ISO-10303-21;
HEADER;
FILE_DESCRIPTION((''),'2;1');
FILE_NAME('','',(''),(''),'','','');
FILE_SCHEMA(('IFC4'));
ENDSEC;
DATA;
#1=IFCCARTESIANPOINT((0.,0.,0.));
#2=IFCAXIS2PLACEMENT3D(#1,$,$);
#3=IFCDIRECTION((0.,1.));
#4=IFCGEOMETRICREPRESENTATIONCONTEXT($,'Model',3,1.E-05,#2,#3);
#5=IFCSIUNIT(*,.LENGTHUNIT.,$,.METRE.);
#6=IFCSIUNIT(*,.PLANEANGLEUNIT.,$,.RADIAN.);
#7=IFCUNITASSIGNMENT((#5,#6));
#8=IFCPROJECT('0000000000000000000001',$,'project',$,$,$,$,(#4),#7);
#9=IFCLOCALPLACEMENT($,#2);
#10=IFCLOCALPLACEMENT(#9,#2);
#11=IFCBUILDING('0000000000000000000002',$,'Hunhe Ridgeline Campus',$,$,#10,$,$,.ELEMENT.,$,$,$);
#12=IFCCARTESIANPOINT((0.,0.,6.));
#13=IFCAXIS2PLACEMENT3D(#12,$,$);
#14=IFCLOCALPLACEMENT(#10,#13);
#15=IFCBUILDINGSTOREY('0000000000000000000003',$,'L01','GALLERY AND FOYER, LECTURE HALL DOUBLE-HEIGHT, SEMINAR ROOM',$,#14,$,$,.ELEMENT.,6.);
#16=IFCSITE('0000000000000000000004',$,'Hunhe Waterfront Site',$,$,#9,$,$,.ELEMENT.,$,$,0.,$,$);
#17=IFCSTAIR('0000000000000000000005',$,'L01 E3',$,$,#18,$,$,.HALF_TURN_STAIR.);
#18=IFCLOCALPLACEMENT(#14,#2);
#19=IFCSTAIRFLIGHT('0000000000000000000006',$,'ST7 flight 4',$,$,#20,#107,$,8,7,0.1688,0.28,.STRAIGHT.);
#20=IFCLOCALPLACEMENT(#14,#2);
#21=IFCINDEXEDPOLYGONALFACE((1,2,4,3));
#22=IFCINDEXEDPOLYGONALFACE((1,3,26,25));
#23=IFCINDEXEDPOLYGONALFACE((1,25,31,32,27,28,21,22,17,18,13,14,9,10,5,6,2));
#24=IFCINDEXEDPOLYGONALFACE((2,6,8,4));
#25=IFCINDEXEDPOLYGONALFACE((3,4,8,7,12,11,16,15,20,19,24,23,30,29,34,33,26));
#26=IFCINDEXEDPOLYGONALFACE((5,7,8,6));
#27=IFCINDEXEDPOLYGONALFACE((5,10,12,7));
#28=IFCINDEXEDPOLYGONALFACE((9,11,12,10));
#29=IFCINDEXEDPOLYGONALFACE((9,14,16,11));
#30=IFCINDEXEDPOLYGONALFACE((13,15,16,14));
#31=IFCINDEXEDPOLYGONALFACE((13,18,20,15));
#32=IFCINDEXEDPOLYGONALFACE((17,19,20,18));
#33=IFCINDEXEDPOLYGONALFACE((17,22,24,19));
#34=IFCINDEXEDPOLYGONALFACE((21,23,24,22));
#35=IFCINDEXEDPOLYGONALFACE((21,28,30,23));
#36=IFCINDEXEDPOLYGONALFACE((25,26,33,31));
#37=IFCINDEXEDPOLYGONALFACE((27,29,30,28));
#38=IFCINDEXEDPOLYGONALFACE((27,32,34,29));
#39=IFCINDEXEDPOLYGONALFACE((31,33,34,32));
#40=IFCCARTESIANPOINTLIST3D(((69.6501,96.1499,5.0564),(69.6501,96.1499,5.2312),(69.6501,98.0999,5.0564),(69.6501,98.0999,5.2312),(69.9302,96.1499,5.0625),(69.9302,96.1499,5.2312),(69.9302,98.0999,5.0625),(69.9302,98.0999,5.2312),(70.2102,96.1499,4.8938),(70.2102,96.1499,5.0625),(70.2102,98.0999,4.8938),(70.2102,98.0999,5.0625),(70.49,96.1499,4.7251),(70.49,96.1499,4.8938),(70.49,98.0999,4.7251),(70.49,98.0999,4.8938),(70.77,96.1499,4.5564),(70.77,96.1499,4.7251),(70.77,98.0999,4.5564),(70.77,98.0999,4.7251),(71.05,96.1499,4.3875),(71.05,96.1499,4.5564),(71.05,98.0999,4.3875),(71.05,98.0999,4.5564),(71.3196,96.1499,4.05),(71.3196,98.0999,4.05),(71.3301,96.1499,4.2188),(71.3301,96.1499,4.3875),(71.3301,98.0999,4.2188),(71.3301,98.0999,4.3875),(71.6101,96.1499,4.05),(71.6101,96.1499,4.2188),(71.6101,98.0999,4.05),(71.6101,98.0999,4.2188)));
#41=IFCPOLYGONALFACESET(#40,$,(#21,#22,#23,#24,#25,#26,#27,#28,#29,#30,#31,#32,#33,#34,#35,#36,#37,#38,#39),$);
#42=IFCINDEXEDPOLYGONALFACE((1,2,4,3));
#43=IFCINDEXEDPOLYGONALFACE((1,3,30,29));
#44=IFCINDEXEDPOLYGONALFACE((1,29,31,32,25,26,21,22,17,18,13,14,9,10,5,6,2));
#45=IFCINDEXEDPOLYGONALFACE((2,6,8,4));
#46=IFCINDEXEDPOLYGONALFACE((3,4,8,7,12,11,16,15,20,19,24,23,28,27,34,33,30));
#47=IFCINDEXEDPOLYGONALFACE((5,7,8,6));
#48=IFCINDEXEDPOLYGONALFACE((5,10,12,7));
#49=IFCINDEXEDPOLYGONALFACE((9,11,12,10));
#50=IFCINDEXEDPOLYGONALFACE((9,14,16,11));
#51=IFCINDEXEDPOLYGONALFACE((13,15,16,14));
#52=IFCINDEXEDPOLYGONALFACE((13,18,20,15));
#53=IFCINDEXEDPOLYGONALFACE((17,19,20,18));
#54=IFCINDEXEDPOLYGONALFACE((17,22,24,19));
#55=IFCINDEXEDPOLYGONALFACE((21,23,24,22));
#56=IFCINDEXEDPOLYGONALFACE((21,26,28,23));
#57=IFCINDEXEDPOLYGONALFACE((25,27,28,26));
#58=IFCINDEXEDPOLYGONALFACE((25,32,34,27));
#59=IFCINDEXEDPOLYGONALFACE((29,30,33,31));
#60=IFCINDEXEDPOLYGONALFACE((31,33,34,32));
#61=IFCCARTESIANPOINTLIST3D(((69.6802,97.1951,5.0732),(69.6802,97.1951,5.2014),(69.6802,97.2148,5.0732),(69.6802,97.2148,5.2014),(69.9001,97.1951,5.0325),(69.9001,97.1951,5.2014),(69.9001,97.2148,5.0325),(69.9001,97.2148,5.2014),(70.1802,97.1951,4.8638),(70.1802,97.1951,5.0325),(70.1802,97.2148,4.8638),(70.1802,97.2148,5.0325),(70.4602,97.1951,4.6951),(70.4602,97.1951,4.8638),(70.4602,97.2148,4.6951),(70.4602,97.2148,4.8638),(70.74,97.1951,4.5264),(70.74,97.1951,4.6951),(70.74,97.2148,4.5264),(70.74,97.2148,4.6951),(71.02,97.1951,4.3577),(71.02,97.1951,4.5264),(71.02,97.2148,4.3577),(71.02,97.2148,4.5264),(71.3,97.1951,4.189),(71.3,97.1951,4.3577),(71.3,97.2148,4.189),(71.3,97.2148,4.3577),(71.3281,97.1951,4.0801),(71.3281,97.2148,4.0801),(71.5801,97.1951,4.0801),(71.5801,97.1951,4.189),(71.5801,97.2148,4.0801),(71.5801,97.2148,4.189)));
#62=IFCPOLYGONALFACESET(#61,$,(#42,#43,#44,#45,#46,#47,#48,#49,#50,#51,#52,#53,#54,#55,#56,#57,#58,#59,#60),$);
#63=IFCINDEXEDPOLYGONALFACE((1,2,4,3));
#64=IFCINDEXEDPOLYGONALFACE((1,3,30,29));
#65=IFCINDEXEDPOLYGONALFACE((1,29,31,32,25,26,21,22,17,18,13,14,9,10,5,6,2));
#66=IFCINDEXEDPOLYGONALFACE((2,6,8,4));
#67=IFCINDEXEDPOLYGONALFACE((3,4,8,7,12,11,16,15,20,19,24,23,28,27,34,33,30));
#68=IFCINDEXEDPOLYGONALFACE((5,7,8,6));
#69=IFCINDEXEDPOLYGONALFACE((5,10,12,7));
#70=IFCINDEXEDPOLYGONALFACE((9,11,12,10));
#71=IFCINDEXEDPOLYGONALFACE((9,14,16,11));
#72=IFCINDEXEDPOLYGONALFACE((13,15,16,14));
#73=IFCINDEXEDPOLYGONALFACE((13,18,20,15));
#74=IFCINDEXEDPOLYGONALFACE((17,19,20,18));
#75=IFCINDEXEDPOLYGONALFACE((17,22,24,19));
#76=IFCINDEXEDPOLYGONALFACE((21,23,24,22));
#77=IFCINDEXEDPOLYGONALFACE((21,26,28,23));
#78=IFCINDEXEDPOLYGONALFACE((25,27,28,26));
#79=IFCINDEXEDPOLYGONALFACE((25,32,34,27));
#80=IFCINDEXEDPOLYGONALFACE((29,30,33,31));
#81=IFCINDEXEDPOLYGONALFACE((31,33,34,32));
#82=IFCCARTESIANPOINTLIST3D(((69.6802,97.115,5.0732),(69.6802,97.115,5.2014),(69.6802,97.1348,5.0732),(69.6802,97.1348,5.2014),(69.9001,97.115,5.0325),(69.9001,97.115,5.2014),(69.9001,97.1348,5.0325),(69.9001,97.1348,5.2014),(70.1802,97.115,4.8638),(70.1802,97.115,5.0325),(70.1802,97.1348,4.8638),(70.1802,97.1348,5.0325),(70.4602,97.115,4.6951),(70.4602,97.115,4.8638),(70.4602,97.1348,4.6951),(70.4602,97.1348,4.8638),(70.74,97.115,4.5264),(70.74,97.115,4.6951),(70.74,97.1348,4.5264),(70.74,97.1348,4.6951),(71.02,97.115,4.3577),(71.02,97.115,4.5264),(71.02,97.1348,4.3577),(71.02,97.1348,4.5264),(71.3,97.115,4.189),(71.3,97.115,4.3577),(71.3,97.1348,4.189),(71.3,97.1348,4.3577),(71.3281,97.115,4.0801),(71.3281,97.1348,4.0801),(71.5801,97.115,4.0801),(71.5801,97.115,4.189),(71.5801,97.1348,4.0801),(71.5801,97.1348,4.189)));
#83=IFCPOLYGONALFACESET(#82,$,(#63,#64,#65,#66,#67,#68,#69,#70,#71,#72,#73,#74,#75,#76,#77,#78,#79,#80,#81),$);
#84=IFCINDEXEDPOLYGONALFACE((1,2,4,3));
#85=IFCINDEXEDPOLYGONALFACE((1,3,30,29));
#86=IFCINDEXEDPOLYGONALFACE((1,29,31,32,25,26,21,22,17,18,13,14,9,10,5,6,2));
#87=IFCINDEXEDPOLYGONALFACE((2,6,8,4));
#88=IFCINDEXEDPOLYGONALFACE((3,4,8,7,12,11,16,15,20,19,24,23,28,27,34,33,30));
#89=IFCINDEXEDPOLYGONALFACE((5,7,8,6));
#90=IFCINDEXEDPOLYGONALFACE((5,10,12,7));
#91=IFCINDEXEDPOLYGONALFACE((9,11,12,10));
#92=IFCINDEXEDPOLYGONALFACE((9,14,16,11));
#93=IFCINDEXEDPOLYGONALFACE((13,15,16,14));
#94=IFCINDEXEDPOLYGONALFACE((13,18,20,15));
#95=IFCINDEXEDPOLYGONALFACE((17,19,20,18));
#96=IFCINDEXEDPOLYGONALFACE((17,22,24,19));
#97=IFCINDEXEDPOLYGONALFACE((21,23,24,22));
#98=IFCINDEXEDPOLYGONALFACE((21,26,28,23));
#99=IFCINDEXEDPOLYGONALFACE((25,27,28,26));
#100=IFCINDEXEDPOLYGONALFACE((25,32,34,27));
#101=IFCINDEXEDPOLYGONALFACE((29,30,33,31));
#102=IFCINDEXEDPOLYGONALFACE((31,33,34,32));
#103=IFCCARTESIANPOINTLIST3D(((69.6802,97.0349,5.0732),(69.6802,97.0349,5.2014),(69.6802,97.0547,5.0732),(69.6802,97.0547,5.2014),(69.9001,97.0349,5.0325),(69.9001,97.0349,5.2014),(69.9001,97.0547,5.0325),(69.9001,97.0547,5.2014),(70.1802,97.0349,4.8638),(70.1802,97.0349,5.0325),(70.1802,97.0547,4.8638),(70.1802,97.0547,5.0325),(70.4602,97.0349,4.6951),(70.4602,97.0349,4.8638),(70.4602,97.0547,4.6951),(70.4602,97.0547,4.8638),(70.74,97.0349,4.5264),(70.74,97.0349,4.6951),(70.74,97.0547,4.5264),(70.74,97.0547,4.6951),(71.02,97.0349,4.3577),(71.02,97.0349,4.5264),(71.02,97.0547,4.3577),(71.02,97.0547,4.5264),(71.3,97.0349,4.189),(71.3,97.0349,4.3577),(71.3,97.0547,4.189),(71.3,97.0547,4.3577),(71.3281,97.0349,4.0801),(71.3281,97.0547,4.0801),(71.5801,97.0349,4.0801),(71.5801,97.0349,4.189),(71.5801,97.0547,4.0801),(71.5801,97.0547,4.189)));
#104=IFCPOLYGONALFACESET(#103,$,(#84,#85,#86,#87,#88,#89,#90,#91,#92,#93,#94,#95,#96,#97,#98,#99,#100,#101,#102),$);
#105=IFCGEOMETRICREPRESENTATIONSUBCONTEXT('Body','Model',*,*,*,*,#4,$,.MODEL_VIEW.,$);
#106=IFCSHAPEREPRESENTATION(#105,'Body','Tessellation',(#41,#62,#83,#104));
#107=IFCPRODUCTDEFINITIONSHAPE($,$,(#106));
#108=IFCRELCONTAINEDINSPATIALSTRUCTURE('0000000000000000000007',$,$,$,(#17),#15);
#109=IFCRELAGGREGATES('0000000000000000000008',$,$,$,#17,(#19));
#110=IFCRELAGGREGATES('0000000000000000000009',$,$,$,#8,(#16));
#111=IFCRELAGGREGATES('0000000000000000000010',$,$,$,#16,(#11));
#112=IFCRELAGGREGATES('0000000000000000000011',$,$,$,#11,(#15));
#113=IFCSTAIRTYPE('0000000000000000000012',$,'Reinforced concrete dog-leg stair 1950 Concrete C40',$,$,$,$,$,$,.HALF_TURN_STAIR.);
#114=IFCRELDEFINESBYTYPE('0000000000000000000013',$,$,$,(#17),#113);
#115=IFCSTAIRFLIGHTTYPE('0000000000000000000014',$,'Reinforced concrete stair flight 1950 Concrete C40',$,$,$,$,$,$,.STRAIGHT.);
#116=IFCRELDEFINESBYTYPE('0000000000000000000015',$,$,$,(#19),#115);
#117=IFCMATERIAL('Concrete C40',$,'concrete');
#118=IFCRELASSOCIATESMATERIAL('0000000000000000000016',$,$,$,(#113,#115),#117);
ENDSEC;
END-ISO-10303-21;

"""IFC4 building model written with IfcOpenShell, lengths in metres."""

from ifc_helpers import new_model, si_unit, direction, frame, origin, place, context, subcontext, project, spatial, polyline, outline, extrude, material, type_object, element, aggregate, save


model = new_model("IFC4")

# Units and contexts
model_context = context("Model", 3, precision=1e-05, world=origin(), true_north=direction((0.0, 1.0)))
body_context = subcontext(model_context, "Body", "Model", "MODEL_VIEW")
ifc_project = project(units=[si_unit("LENGTHUNIT", "METRE"), si_unit("PLANEANGLEUNIT", "RADIAN")], contexts=[model_context])

# Site, building, storey
site_placement = place(None, origin())
site = spatial("IfcSite", under=ifc_project, at=site_placement, Name="Hunhe Waterfront Site", CompositionType="ELEMENT", RefElevation=0.0)
building_placement = place(site_placement, origin())
building = spatial("IfcBuilding", under=site, at=building_placement, Name="Hunhe Ridgeline Campus", CompositionType="ELEMENT")
storey_placement = place(building_placement, frame((0.0, 0.0, 6.0)))
storey = spatial("IfcBuildingStorey", under=building, at=storey_placement, Name="L01", Description="GALLERY AND FOYER, LECTURE HALL DOUBLE-HEIGHT, SEMINAR ROOM", CompositionType="ELEMENT", Elevation=6.0)

# Stair, stair flight
ifc_material_1 = material(Name="Concrete C40", Category="concrete")
stair_type = type_object("IfcStairType", Name="Reinforced concrete dog-leg stair 1950 Concrete C40", PredefinedType="HALF_TURN_STAIR", material=ifc_material_1)
stair_1_placement = place(storey_placement, origin())
stair_1 = element("IfcStair", 1, at=stair_1_placement, inside=storey, type_object=stair_type, Name="L01 E3", PredefinedType="HALF_TURN_STAIR")
stair_flight_type = type_object("IfcStairFlightType", Name="Reinforced concrete stair flight 1950 Concrete C40", PredefinedType="STRAIGHT", material=ifc_material_1)
stair_flight_1_placement = place(storey_placement, frame((71.6101, 97.125, 4.05), z_axis=(0.0, 0.0, 1.0), x_axis=(-1.0, 0.0, 0.0)))
stair_flight_1 = element("IfcStairFlight", 2, at=stair_flight_1_placement, type_object=stair_flight_type, Name="ST7 flight 4", NumberOfRisers=8, NumberOfTreads=7, PredefinedType="STRAIGHT", RiserHeight=0.1688, TreadLength=0.28, context=body_context, shape_type="SweptSolid", body=[
    extrude(outline(polyline([(0.0, 0.0), (0.0, 0.1687), (0.28, 0.1687), (0.28, 0.3374), (0.5601, 0.3374), (0.5601, 0.5063), (0.8401, 0.5063), (0.8401, 0.675), (1.1201, 0.675), (1.1201, 0.8438), (1.3999, 0.8438), (1.3999, 1.0125), (1.6799, 1.0125), (1.6799, 1.1812), (1.96, 1.1812), (1.96, 1.3501), (1.96, 1.0063), (0.2905, 0.0), (0.0, 0.0)])), frame((0.0, 0.9751, 0.0), z_axis=(0.0, -1.0, 0.0), x_axis=(1.0, 0.0, 0.0)), (0.0, 0.0, 1.0), 1.95),
    extrude(outline(polyline([(0.03, 0.03), (0.03, 0.1389), (0.3101, 0.1389), (0.3101, 0.3076), (0.5901, 0.3076), (0.5901, 0.4763), (0.8701, 0.4763), (0.8701, 0.645), (1.1499, 0.645), (1.1499, 0.8137), (1.4299, 0.8137), (1.4299, 0.9824), (1.71, 0.9824), (1.71, 1.1514), (1.9299, 1.1514), (1.9299, 1.0232), (0.282, 0.03), (0.03, 0.03)])), frame((0.0, -0.0701, 0.0), z_axis=(0.0, -1.0, 0.0), x_axis=(1.0, 0.0, 0.0)), (0.0, 0.0, 1.0), 0.0198),
    extrude(outline(polyline([(0.03, 0.03), (0.03, 0.1389), (0.3101, 0.1389), (0.3101, 0.3076), (0.5901, 0.3076), (0.5901, 0.4763), (0.8701, 0.4763), (0.8701, 0.645), (1.1499, 0.645), (1.1499, 0.8137), (1.4299, 0.8137), (1.4299, 0.9824), (1.71, 0.9824), (1.71, 1.1514), (1.9299, 1.1514), (1.9299, 1.0232), (0.282, 0.03), (0.03, 0.03)])), frame((0.0, 0.01, 0.0), z_axis=(0.0, -1.0, 0.0), x_axis=(1.0, 0.0, 0.0)), (0.0, 0.0, 1.0), 0.0198),
    extrude(outline(polyline([(0.03, 0.03), (0.03, 0.1389), (0.3101, 0.1389), (0.3101, 0.3076), (0.5901, 0.3076), (0.5901, 0.4763), (0.8701, 0.4763), (0.8701, 0.645), (1.1499, 0.645), (1.1499, 0.8137), (1.4299, 0.8137), (1.4299, 0.9824), (1.71, 0.9824), (1.71, 1.1514), (1.9299, 1.1514), (1.9299, 1.0232), (0.282, 0.03), (0.03, 0.03)])), frame((0.0, 0.0901, 0.0), z_axis=(0.0, -1.0, 0.0), x_axis=(1.0, 0.0, 0.0)), (0.0, 0.0, 1.0), 0.0198),
])
aggregate(stair_1, [stair_flight_1])

save(model, "model.ifc")
